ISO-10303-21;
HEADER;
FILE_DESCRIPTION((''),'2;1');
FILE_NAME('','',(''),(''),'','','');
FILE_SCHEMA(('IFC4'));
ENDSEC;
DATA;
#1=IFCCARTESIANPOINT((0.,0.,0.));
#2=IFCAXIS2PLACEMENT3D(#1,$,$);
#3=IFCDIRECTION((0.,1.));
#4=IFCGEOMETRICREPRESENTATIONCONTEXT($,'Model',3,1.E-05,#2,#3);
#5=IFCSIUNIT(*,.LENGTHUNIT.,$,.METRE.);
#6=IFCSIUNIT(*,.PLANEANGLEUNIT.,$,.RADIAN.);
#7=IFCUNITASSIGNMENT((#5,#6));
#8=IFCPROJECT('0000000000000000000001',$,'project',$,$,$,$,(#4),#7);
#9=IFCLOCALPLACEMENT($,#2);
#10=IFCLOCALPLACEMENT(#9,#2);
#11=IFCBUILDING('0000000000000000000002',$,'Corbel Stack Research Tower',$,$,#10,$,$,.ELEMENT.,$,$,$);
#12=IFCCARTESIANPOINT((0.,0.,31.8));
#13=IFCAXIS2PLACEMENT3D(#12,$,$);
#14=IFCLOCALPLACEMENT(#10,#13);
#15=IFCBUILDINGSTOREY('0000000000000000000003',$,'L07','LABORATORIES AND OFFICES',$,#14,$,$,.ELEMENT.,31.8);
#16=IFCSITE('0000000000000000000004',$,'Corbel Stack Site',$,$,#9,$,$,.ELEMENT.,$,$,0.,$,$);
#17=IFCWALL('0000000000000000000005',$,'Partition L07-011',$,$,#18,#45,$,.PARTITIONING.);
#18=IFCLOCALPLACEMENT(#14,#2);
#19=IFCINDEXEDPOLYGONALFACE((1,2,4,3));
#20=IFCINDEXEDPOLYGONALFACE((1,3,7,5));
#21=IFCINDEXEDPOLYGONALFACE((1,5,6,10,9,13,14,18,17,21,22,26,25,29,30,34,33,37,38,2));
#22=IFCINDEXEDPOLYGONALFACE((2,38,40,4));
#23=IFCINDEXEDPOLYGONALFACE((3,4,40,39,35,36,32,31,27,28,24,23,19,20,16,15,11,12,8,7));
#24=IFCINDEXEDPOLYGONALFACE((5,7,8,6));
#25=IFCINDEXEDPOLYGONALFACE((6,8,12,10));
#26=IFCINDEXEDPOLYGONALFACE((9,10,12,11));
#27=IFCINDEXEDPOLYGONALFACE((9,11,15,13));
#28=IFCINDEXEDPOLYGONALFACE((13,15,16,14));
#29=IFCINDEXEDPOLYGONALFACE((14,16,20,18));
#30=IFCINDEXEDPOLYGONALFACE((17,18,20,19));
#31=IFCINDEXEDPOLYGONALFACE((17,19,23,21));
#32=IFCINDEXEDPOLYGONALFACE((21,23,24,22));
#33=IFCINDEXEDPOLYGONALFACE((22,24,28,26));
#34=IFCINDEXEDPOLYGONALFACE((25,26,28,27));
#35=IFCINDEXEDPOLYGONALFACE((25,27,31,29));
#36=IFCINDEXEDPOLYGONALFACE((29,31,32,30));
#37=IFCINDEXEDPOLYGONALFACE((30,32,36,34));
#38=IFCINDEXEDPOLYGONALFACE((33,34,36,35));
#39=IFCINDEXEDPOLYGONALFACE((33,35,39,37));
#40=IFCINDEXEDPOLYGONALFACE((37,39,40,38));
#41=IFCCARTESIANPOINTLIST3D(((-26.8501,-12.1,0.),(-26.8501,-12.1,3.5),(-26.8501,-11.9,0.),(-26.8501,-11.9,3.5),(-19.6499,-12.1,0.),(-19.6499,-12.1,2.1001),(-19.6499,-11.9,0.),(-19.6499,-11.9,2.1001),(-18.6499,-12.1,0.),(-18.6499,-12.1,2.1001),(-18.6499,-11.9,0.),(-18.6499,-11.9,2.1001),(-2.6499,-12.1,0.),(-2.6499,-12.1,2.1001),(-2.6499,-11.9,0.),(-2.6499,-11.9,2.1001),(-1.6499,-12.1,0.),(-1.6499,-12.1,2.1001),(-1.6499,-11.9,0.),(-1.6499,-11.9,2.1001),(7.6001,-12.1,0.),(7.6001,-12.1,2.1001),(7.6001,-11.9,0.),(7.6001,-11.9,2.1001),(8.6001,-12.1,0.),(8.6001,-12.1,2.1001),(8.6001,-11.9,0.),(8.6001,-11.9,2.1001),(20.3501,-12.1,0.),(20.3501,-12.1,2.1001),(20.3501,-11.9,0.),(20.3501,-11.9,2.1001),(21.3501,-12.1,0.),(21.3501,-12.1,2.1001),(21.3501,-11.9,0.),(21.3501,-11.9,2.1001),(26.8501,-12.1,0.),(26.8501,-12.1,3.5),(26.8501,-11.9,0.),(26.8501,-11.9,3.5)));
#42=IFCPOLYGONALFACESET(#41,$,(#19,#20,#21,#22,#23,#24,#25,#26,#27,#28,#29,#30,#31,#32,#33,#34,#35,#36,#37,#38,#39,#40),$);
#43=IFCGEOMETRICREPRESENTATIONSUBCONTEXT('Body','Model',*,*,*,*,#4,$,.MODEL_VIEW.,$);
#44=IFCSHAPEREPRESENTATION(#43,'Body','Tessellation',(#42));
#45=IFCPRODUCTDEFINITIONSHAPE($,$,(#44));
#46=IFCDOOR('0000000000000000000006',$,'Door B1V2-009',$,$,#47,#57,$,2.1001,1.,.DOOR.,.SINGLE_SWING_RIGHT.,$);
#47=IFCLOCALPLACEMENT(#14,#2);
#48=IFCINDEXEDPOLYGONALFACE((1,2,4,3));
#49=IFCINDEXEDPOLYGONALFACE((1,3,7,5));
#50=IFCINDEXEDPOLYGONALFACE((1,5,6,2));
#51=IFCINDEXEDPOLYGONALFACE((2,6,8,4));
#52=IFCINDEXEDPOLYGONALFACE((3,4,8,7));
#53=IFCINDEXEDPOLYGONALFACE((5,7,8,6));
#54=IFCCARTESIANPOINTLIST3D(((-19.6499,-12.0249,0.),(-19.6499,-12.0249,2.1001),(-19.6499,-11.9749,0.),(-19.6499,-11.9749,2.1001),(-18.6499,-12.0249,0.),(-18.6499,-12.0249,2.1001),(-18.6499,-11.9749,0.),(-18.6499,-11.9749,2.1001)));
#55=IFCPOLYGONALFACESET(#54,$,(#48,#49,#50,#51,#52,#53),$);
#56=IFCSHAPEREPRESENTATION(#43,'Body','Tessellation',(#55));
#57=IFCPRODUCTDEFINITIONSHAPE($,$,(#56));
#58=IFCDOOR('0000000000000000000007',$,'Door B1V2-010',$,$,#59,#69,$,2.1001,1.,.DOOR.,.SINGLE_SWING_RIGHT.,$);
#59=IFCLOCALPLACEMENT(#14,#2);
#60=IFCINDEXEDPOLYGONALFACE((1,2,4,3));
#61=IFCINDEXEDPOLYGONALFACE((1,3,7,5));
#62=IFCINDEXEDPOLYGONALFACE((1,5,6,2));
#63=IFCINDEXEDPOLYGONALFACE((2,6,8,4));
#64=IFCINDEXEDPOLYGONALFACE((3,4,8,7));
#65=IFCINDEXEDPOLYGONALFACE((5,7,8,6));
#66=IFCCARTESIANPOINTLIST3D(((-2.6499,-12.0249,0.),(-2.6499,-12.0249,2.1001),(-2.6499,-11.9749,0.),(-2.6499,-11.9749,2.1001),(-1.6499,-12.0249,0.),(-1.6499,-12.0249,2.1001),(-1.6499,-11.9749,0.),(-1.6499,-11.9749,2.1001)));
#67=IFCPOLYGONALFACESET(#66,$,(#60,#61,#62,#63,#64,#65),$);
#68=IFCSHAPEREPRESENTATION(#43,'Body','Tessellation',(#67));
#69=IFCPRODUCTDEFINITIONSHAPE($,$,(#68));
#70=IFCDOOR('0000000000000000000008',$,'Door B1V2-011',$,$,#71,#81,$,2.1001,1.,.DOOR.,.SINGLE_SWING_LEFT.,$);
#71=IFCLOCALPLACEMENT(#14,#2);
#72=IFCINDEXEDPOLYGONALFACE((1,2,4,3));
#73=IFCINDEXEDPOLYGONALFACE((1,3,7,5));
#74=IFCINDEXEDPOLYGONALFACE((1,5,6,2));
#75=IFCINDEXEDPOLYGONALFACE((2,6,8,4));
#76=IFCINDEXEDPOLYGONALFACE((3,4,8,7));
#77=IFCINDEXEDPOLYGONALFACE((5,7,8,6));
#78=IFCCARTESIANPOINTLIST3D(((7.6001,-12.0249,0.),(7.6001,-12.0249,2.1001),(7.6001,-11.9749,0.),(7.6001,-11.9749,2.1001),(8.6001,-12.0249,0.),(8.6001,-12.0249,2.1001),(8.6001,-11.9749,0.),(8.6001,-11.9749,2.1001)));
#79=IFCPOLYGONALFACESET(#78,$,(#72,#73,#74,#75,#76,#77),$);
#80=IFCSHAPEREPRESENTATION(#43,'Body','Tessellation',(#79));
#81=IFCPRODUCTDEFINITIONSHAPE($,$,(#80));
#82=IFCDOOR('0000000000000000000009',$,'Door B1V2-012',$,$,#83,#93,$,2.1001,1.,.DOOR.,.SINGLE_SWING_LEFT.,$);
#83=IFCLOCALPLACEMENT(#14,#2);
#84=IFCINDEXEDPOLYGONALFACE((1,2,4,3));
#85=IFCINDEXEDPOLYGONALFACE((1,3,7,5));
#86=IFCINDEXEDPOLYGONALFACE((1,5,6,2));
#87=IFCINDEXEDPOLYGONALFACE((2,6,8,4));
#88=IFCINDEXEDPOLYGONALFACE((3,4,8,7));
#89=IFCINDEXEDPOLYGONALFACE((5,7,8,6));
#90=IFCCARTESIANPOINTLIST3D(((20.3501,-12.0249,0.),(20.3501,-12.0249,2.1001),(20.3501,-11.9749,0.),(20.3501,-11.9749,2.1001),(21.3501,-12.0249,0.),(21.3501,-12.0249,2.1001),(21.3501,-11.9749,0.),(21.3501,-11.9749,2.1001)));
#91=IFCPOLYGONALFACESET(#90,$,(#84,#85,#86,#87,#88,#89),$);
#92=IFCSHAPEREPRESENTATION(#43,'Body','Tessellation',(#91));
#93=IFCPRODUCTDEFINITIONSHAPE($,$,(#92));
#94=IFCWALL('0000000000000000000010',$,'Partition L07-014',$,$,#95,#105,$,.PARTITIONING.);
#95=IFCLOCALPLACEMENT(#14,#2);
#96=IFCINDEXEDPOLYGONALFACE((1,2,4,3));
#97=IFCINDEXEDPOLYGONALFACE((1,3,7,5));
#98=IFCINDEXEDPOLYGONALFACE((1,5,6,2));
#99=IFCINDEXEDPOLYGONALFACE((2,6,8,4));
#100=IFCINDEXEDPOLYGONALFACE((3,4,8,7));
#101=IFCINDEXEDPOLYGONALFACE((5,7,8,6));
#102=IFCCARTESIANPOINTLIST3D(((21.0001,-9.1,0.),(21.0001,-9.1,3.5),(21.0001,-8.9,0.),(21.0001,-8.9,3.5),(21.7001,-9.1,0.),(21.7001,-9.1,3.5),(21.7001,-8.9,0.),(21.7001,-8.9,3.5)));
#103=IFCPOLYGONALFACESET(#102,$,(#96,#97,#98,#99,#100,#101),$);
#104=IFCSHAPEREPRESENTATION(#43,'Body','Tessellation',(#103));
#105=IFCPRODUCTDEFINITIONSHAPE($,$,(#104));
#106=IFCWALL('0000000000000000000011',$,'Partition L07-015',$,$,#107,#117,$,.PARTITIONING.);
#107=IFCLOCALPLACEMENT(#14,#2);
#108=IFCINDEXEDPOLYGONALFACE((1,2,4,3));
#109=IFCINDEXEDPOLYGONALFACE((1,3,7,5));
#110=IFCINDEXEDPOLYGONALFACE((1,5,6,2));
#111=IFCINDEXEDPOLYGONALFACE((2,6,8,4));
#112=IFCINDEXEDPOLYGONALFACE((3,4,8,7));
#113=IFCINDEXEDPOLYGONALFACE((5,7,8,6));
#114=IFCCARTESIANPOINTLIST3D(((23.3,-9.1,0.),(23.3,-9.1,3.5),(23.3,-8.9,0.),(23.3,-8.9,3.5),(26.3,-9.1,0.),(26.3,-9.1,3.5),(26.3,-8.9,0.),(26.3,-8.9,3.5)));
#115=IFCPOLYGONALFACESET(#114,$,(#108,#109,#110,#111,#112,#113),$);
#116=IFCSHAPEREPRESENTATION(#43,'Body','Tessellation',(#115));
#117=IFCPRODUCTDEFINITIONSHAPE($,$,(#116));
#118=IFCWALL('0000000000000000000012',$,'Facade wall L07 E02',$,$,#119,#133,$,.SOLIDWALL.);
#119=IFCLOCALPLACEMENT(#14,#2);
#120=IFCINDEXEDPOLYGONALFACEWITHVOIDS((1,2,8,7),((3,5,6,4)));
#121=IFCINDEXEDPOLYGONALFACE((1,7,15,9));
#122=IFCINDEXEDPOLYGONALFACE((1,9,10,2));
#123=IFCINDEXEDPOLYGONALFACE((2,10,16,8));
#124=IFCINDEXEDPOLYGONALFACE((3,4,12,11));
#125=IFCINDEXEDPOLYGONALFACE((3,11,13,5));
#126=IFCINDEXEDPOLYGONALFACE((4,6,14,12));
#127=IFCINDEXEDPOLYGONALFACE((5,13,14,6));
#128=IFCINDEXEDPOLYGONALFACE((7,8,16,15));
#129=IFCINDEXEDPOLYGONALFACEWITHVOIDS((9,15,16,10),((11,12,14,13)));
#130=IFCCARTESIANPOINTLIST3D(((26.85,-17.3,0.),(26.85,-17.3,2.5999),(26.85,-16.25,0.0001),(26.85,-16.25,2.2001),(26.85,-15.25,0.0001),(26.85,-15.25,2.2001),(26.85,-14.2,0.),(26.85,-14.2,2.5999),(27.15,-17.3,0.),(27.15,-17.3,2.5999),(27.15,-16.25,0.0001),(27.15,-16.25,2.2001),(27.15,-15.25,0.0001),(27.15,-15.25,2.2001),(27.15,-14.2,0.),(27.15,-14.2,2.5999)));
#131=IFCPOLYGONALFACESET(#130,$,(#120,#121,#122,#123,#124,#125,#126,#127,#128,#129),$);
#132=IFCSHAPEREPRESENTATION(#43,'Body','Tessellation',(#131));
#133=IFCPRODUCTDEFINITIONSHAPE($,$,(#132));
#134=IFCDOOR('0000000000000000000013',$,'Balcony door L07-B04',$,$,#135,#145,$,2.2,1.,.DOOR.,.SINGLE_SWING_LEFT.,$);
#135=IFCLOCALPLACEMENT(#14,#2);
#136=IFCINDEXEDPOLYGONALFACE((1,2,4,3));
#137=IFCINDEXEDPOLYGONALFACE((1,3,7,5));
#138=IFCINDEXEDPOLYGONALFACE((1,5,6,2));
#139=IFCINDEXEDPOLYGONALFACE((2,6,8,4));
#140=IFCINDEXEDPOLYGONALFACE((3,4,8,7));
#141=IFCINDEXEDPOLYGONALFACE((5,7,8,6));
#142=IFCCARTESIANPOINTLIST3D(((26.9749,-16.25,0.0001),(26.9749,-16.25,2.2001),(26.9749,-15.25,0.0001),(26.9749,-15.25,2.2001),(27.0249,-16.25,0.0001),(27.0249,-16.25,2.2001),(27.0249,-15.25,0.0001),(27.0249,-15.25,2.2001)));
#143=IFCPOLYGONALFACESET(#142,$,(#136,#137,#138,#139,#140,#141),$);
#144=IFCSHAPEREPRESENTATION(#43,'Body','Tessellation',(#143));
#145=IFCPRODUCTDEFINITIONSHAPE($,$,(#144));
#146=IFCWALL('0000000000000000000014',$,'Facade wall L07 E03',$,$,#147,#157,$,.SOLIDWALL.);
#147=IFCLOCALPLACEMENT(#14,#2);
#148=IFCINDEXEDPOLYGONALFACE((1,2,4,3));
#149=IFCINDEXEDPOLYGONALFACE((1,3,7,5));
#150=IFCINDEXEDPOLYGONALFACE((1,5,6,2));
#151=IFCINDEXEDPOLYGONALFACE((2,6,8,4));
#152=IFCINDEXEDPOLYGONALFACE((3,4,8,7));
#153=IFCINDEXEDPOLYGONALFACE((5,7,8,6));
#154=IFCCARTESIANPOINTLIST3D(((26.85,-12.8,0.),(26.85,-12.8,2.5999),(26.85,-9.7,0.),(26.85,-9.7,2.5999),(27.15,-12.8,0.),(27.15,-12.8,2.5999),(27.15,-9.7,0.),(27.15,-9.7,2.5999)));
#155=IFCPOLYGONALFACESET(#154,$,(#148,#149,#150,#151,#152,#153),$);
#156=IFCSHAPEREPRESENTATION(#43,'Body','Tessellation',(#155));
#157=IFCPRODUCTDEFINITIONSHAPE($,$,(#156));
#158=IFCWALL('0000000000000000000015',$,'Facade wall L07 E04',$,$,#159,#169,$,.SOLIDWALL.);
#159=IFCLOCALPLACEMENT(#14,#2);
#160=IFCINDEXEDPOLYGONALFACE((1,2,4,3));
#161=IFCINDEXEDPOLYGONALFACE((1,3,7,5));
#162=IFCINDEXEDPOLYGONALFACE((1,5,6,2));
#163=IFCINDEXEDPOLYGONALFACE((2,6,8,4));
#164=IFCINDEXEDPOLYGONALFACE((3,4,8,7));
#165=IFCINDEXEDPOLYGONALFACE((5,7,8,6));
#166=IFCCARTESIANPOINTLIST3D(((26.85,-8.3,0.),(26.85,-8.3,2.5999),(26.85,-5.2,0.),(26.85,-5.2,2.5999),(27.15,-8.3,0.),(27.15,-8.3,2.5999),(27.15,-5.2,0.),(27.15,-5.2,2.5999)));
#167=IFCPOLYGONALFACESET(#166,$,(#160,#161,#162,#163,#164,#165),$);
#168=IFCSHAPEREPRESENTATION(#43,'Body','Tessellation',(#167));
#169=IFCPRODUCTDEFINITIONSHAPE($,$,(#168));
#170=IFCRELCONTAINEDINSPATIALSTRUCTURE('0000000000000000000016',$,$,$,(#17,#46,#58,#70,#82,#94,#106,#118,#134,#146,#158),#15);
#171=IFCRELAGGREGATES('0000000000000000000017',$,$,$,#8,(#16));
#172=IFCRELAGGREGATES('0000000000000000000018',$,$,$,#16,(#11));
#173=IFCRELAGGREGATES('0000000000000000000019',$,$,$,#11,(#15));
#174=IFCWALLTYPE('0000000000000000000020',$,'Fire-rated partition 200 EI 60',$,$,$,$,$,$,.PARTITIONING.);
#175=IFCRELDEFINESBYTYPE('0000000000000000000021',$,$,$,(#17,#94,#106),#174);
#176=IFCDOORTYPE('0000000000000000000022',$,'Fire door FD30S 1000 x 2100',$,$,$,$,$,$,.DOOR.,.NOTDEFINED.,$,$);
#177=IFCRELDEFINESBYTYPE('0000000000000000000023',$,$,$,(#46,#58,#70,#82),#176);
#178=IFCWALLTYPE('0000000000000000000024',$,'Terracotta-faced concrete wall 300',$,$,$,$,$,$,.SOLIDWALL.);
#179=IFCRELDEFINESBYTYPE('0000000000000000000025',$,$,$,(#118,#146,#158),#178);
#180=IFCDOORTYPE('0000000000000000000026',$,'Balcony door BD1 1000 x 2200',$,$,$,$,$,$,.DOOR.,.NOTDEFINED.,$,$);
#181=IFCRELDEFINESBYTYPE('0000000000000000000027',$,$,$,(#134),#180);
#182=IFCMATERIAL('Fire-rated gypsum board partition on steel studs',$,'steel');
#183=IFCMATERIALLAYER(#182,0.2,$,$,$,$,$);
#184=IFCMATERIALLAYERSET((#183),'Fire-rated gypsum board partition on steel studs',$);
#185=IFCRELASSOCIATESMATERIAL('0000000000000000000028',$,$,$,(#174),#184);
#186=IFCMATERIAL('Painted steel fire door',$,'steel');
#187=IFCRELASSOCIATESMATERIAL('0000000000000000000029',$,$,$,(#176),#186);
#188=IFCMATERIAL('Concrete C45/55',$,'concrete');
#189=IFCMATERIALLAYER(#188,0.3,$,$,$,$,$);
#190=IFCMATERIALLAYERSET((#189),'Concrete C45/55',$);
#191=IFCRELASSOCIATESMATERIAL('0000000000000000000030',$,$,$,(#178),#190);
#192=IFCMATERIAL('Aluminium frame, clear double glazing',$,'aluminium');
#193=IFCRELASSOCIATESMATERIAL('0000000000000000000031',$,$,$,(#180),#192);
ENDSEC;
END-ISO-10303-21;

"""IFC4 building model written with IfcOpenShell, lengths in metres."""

from ifc_helpers import new_model, si_unit, direction, frame, frame_2d, origin, place, context, subcontext, project, spatial, rectangle, extrude, material, layer, layer_set, type_object, element, fill, save


model = new_model("IFC4")

# Units and contexts
model_context = context("Model", 3, precision=1e-05, world=origin(), true_north=direction((0.0, 1.0)))
body_context = subcontext(model_context, "Body", "Model", "MODEL_VIEW")
ifc_project = project(units=[si_unit("LENGTHUNIT", "METRE"), si_unit("PLANEANGLEUNIT", "RADIAN")], contexts=[model_context])

# Site, building, storey
site_placement = place(None, origin())
site = spatial("IfcSite", under=ifc_project, at=site_placement, Name="Corbel Stack Site", CompositionType="ELEMENT", RefElevation=0.0)
building_placement = place(site_placement, origin())
building = spatial("IfcBuilding", under=site, at=building_placement, Name="Corbel Stack Research Tower", CompositionType="ELEMENT")
storey_placement = place(building_placement, frame((0.0, 0.0, 31.8)))
storey = spatial("IfcBuildingStorey", under=building, at=storey_placement, Name="L07", Description="LABORATORIES AND OFFICES", CompositionType="ELEMENT", Elevation=31.8)

# Wall, openings, doors
ifc_material_1 = material(Name="Fire-rated gypsum board partition on steel studs", Category="steel")
ifc_layer_1 = layer(ifc_material_1, 0.2)
ifc_layer_set_1 = layer_set([ifc_layer_1], Name="Fire-rated gypsum board partition on steel studs")
wall_type_1 = type_object("IfcWallType", Name="Fire-rated partition 200 EI 60", PredefinedType="PARTITIONING", material=ifc_layer_set_1)
wall_1_placement = place(storey_placement, frame((26.8501, -12.0, 0.0), z_axis=(0.0, 0.0, 1.0), x_axis=(-1.0, 0.0, 0.0)))
wall_1 = element("IfcWall", 1, at=wall_1_placement, inside=storey, type_object=wall_type_1, Name="Partition L07-011", PredefinedType="PARTITIONING", context=body_context, shape_type="SweptSolid", body=[
    extrude(rectangle(XDim=53.7002, YDim=0.2, at=frame_2d((26.8501, 0.0))), origin(), (0.0, 0.0, 1.0), 3.5),
])
opening_1_placement = place(wall_1_placement, frame((45.5, 0.0, 0.0)))
opening_1 = element("IfcOpeningElement", 2, at=opening_1_placement, cuts=wall_1, PredefinedType="OPENING", context=body_context, shape_type="SweptSolid", body=[
    extrude(rectangle(XDim=1.0, YDim=2.1001, at=frame_2d((0.5, 1.05))), frame((0.0, 0.1099, 0.0), z_axis=(0.0, -1.0, 0.0), x_axis=(1.0, 0.0, 0.0)), (0.0, 0.0, 1.0), 0.22),
])
opening_2_placement = place(wall_1_placement, frame((28.5, 0.0, 0.0)))
opening_2 = element("IfcOpeningElement", 3, at=opening_2_placement, cuts=wall_1, PredefinedType="OPENING", context=body_context, shape_type="SweptSolid", body=[
    extrude(rectangle(XDim=1.0, YDim=2.1001, at=frame_2d((0.5, 1.05))), frame((0.0, 0.1099, 0.0), z_axis=(0.0, -1.0, 0.0), x_axis=(1.0, 0.0, 0.0)), (0.0, 0.0, 1.0), 0.22),
])
opening_3_placement = place(wall_1_placement, frame((18.25, 0.0, 0.0)))
opening_3 = element("IfcOpeningElement", 4, at=opening_3_placement, cuts=wall_1, PredefinedType="OPENING", context=body_context, shape_type="SweptSolid", body=[
    extrude(rectangle(XDim=1.0, YDim=2.1001, at=frame_2d((0.5, 1.05))), frame((0.0, 0.1099, 0.0), z_axis=(0.0, -1.0, 0.0), x_axis=(1.0, 0.0, 0.0)), (0.0, 0.0, 1.0), 0.22),
])
opening_4_placement = place(wall_1_placement, frame((5.5, 0.0, 0.0)))
opening_4 = element("IfcOpeningElement", 5, at=opening_4_placement, cuts=wall_1, PredefinedType="OPENING", context=body_context, shape_type="SweptSolid", body=[
    extrude(rectangle(XDim=1.0, YDim=2.1001, at=frame_2d((0.5, 1.05))), frame((0.0, 0.1099, 0.0), z_axis=(0.0, -1.0, 0.0), x_axis=(1.0, 0.0, 0.0)), (0.0, 0.0, 1.0), 0.22),
])
ifc_material_2 = material(Name="Painted steel fire door", Category="steel")
door_type_1 = type_object("IfcDoorType", Name="Fire door FD30S 1000 x 2100", OperationType="NOTDEFINED", PredefinedType="DOOR", material=ifc_material_2)
door_1_placement = place(opening_1_placement, origin())
door_1 = element("IfcDoor", 6, at=door_1_placement, inside=storey, type_object=door_type_1, Name="Door B1V2-009", OperationType="SINGLE_SWING_RIGHT", OverallHeight=2.1001, OverallWidth=1.0, PredefinedType="DOOR", context=body_context, shape_type="SweptSolid", body=[
    extrude(rectangle(XDim=1.0, YDim=2.1001, at=frame_2d((0.5, 1.05))), frame((0.0, 0.0249, 0.0), z_axis=(0.0, -1.0, 0.0), x_axis=(1.0, 0.0, 0.0)), (0.0, 0.0, 1.0), 0.05),
])
fill(opening_1, door_1)
door_2_placement = place(opening_2_placement, origin())
door_2 = element("IfcDoor", 7, at=door_2_placement, inside=storey, type_object=door_type_1, Name="Door B1V2-010", OperationType="SINGLE_SWING_RIGHT", OverallHeight=2.1001, OverallWidth=1.0, PredefinedType="DOOR", context=body_context, shape_type="SweptSolid", body=[
    extrude(rectangle(XDim=1.0, YDim=2.1001, at=frame_2d((0.5, 1.05))), frame((0.0, 0.0249, 0.0), z_axis=(0.0, -1.0, 0.0), x_axis=(1.0, 0.0, 0.0)), (0.0, 0.0, 1.0), 0.05),
])
fill(opening_2, door_2)
door_3_placement = place(opening_3_placement, origin())
door_3 = element("IfcDoor", 8, at=door_3_placement, inside=storey, type_object=door_type_1, Name="Door B1V2-011", OperationType="SINGLE_SWING_LEFT", OverallHeight=2.1001, OverallWidth=1.0, PredefinedType="DOOR", context=body_context, shape_type="SweptSolid", body=[
    extrude(rectangle(XDim=1.0, YDim=2.1001, at=frame_2d((0.5, 1.05))), frame((0.0, 0.0249, 0.0), z_axis=(0.0, -1.0, 0.0), x_axis=(1.0, 0.0, 0.0)), (0.0, 0.0, 1.0), 0.05),
])
fill(opening_3, door_3)
door_4_placement = place(opening_4_placement, origin())
door_4 = element("IfcDoor", 9, at=door_4_placement, inside=storey, type_object=door_type_1, Name="Door B1V2-012", OperationType="SINGLE_SWING_LEFT", OverallHeight=2.1001, OverallWidth=1.0, PredefinedType="DOOR", context=body_context, shape_type="SweptSolid", body=[
    extrude(rectangle(XDim=1.0, YDim=2.1001, at=frame_2d((0.5, 1.05))), frame((0.0, 0.0249, 0.0), z_axis=(0.0, -1.0, 0.0), x_axis=(1.0, 0.0, 0.0)), (0.0, 0.0, 1.0), 0.05),
])
fill(opening_4, door_4)

# Walls
wall_2_placement = place(storey_placement, frame((21.0, -9.0, 0.0), z_axis=(0.0, 0.0, 1.0), x_axis=(1.0, 0.0, 0.0)))
element("IfcWall", 10, at=wall_2_placement, inside=storey, type_object=wall_type_1, Name="Partition L07-014", PredefinedType="PARTITIONING", context=body_context, shape_type="SweptSolid", body=[
    extrude(rectangle(XDim=0.7, YDim=0.2, at=frame_2d((0.3501, 0.0))), origin(), (0.0, 0.0, 1.0), 3.5),
])
wall_3_placement = place(storey_placement, frame((23.3, -9.0, 0.0), z_axis=(0.0, 0.0, 1.0), x_axis=(1.0, 0.0, 0.0)))
element("IfcWall", 11, at=wall_3_placement, inside=storey, type_object=wall_type_1, Name="Partition L07-015", PredefinedType="PARTITIONING", context=body_context, shape_type="SweptSolid", body=[
    extrude(rectangle(XDim=3.0, YDim=0.2, at=frame_2d((1.5, 0.0))), origin(), (0.0, 0.0, 1.0), 3.5),
])

# Wall, opening, door
ifc_material_3 = material(Name="Concrete C45/55", Category="concrete")
ifc_layer_2 = layer(ifc_material_3, 0.3)
ifc_layer_set_2 = layer_set([ifc_layer_2], Name="Concrete C45/55")
wall_type_2 = type_object("IfcWallType", Name="Terracotta-faced concrete wall 300", PredefinedType="SOLIDWALL", material=ifc_layer_set_2)
wall_4_placement = place(storey_placement, frame((27.0, -14.2, 0.0), z_axis=(0.0, 0.0, 1.0), x_axis=(0.0, -1.0, 0.0)))
wall_4 = element("IfcWall", 12, at=wall_4_placement, inside=storey, type_object=wall_type_2, Name="Facade wall L07 E02", PredefinedType="SOLIDWALL", context=body_context, shape_type="SweptSolid", body=[
    extrude(rectangle(XDim=3.1001, YDim=0.3, at=frame_2d((1.55, 0.0))), origin(), (0.0, 0.0, 1.0), 2.5999),
])
opening_5_placement = place(wall_4_placement, frame((1.05, 0.0, 0.0)))
opening_5 = element("IfcOpeningElement", 13, at=opening_5_placement, cuts=wall_4, PredefinedType="OPENING", context=body_context, shape_type="SweptSolid", body=[
    extrude(rectangle(XDim=1.0, YDim=2.2, at=frame_2d((0.5, 1.1001))), frame((0.0, 0.1599, 0.0), z_axis=(0.0, -1.0, 0.0), x_axis=(1.0, 0.0, 0.0)), (0.0, 0.0, 1.0), 0.3201),
])
ifc_material_4 = material(Name="Aluminium frame, clear double glazing", Category="aluminium")
door_type_2 = type_object("IfcDoorType", Name="Balcony door BD1 1000 x 2200", OperationType="NOTDEFINED", PredefinedType="DOOR", material=ifc_material_4)
door_5_placement = place(opening_5_placement, origin())
door_5 = element("IfcDoor", 14, at=door_5_placement, inside=storey, type_object=door_type_2, Name="Balcony door L07-B04", OperationType="SINGLE_SWING_LEFT", OverallHeight=2.2, OverallWidth=1.0, PredefinedType="DOOR", context=body_context, shape_type="SweptSolid", body=[
    extrude(rectangle(XDim=1.0, YDim=2.2, at=frame_2d((0.5, 1.1001))), frame((0.0, 0.0249, 0.0), z_axis=(0.0, -1.0, 0.0), x_axis=(1.0, 0.0, 0.0)), (0.0, 0.0, 1.0), 0.05),
])
fill(opening_5, door_5)

# Walls
for number, where, z_axis, x_axis, name in (
    (15, (27.0, -9.7, 0.0), (0.0, 0.0, 1.0), (0.0, -1.0, 0.0), "Facade wall L07 E03"),
    (16, (27.0, -5.2, 0.0), (0.0, 0.0, 1.0), (0.0, -1.0, 0.0), "Facade wall L07 E04"),
):
    element("IfcWall", number, at=place(storey_placement, frame(where, z_axis=z_axis, x_axis=x_axis)), inside=storey, type_object=wall_type_2, Name=name, PredefinedType="SOLIDWALL", context=body_context, shape_type="SweptSolid", body=[
        extrude(rectangle(XDim=3.1001, YDim=0.3, at=frame_2d((1.55, 0.0))), origin(), (0.0, 0.0, 1.0), 2.5999),
    ])

save(model, "model.ifc")
